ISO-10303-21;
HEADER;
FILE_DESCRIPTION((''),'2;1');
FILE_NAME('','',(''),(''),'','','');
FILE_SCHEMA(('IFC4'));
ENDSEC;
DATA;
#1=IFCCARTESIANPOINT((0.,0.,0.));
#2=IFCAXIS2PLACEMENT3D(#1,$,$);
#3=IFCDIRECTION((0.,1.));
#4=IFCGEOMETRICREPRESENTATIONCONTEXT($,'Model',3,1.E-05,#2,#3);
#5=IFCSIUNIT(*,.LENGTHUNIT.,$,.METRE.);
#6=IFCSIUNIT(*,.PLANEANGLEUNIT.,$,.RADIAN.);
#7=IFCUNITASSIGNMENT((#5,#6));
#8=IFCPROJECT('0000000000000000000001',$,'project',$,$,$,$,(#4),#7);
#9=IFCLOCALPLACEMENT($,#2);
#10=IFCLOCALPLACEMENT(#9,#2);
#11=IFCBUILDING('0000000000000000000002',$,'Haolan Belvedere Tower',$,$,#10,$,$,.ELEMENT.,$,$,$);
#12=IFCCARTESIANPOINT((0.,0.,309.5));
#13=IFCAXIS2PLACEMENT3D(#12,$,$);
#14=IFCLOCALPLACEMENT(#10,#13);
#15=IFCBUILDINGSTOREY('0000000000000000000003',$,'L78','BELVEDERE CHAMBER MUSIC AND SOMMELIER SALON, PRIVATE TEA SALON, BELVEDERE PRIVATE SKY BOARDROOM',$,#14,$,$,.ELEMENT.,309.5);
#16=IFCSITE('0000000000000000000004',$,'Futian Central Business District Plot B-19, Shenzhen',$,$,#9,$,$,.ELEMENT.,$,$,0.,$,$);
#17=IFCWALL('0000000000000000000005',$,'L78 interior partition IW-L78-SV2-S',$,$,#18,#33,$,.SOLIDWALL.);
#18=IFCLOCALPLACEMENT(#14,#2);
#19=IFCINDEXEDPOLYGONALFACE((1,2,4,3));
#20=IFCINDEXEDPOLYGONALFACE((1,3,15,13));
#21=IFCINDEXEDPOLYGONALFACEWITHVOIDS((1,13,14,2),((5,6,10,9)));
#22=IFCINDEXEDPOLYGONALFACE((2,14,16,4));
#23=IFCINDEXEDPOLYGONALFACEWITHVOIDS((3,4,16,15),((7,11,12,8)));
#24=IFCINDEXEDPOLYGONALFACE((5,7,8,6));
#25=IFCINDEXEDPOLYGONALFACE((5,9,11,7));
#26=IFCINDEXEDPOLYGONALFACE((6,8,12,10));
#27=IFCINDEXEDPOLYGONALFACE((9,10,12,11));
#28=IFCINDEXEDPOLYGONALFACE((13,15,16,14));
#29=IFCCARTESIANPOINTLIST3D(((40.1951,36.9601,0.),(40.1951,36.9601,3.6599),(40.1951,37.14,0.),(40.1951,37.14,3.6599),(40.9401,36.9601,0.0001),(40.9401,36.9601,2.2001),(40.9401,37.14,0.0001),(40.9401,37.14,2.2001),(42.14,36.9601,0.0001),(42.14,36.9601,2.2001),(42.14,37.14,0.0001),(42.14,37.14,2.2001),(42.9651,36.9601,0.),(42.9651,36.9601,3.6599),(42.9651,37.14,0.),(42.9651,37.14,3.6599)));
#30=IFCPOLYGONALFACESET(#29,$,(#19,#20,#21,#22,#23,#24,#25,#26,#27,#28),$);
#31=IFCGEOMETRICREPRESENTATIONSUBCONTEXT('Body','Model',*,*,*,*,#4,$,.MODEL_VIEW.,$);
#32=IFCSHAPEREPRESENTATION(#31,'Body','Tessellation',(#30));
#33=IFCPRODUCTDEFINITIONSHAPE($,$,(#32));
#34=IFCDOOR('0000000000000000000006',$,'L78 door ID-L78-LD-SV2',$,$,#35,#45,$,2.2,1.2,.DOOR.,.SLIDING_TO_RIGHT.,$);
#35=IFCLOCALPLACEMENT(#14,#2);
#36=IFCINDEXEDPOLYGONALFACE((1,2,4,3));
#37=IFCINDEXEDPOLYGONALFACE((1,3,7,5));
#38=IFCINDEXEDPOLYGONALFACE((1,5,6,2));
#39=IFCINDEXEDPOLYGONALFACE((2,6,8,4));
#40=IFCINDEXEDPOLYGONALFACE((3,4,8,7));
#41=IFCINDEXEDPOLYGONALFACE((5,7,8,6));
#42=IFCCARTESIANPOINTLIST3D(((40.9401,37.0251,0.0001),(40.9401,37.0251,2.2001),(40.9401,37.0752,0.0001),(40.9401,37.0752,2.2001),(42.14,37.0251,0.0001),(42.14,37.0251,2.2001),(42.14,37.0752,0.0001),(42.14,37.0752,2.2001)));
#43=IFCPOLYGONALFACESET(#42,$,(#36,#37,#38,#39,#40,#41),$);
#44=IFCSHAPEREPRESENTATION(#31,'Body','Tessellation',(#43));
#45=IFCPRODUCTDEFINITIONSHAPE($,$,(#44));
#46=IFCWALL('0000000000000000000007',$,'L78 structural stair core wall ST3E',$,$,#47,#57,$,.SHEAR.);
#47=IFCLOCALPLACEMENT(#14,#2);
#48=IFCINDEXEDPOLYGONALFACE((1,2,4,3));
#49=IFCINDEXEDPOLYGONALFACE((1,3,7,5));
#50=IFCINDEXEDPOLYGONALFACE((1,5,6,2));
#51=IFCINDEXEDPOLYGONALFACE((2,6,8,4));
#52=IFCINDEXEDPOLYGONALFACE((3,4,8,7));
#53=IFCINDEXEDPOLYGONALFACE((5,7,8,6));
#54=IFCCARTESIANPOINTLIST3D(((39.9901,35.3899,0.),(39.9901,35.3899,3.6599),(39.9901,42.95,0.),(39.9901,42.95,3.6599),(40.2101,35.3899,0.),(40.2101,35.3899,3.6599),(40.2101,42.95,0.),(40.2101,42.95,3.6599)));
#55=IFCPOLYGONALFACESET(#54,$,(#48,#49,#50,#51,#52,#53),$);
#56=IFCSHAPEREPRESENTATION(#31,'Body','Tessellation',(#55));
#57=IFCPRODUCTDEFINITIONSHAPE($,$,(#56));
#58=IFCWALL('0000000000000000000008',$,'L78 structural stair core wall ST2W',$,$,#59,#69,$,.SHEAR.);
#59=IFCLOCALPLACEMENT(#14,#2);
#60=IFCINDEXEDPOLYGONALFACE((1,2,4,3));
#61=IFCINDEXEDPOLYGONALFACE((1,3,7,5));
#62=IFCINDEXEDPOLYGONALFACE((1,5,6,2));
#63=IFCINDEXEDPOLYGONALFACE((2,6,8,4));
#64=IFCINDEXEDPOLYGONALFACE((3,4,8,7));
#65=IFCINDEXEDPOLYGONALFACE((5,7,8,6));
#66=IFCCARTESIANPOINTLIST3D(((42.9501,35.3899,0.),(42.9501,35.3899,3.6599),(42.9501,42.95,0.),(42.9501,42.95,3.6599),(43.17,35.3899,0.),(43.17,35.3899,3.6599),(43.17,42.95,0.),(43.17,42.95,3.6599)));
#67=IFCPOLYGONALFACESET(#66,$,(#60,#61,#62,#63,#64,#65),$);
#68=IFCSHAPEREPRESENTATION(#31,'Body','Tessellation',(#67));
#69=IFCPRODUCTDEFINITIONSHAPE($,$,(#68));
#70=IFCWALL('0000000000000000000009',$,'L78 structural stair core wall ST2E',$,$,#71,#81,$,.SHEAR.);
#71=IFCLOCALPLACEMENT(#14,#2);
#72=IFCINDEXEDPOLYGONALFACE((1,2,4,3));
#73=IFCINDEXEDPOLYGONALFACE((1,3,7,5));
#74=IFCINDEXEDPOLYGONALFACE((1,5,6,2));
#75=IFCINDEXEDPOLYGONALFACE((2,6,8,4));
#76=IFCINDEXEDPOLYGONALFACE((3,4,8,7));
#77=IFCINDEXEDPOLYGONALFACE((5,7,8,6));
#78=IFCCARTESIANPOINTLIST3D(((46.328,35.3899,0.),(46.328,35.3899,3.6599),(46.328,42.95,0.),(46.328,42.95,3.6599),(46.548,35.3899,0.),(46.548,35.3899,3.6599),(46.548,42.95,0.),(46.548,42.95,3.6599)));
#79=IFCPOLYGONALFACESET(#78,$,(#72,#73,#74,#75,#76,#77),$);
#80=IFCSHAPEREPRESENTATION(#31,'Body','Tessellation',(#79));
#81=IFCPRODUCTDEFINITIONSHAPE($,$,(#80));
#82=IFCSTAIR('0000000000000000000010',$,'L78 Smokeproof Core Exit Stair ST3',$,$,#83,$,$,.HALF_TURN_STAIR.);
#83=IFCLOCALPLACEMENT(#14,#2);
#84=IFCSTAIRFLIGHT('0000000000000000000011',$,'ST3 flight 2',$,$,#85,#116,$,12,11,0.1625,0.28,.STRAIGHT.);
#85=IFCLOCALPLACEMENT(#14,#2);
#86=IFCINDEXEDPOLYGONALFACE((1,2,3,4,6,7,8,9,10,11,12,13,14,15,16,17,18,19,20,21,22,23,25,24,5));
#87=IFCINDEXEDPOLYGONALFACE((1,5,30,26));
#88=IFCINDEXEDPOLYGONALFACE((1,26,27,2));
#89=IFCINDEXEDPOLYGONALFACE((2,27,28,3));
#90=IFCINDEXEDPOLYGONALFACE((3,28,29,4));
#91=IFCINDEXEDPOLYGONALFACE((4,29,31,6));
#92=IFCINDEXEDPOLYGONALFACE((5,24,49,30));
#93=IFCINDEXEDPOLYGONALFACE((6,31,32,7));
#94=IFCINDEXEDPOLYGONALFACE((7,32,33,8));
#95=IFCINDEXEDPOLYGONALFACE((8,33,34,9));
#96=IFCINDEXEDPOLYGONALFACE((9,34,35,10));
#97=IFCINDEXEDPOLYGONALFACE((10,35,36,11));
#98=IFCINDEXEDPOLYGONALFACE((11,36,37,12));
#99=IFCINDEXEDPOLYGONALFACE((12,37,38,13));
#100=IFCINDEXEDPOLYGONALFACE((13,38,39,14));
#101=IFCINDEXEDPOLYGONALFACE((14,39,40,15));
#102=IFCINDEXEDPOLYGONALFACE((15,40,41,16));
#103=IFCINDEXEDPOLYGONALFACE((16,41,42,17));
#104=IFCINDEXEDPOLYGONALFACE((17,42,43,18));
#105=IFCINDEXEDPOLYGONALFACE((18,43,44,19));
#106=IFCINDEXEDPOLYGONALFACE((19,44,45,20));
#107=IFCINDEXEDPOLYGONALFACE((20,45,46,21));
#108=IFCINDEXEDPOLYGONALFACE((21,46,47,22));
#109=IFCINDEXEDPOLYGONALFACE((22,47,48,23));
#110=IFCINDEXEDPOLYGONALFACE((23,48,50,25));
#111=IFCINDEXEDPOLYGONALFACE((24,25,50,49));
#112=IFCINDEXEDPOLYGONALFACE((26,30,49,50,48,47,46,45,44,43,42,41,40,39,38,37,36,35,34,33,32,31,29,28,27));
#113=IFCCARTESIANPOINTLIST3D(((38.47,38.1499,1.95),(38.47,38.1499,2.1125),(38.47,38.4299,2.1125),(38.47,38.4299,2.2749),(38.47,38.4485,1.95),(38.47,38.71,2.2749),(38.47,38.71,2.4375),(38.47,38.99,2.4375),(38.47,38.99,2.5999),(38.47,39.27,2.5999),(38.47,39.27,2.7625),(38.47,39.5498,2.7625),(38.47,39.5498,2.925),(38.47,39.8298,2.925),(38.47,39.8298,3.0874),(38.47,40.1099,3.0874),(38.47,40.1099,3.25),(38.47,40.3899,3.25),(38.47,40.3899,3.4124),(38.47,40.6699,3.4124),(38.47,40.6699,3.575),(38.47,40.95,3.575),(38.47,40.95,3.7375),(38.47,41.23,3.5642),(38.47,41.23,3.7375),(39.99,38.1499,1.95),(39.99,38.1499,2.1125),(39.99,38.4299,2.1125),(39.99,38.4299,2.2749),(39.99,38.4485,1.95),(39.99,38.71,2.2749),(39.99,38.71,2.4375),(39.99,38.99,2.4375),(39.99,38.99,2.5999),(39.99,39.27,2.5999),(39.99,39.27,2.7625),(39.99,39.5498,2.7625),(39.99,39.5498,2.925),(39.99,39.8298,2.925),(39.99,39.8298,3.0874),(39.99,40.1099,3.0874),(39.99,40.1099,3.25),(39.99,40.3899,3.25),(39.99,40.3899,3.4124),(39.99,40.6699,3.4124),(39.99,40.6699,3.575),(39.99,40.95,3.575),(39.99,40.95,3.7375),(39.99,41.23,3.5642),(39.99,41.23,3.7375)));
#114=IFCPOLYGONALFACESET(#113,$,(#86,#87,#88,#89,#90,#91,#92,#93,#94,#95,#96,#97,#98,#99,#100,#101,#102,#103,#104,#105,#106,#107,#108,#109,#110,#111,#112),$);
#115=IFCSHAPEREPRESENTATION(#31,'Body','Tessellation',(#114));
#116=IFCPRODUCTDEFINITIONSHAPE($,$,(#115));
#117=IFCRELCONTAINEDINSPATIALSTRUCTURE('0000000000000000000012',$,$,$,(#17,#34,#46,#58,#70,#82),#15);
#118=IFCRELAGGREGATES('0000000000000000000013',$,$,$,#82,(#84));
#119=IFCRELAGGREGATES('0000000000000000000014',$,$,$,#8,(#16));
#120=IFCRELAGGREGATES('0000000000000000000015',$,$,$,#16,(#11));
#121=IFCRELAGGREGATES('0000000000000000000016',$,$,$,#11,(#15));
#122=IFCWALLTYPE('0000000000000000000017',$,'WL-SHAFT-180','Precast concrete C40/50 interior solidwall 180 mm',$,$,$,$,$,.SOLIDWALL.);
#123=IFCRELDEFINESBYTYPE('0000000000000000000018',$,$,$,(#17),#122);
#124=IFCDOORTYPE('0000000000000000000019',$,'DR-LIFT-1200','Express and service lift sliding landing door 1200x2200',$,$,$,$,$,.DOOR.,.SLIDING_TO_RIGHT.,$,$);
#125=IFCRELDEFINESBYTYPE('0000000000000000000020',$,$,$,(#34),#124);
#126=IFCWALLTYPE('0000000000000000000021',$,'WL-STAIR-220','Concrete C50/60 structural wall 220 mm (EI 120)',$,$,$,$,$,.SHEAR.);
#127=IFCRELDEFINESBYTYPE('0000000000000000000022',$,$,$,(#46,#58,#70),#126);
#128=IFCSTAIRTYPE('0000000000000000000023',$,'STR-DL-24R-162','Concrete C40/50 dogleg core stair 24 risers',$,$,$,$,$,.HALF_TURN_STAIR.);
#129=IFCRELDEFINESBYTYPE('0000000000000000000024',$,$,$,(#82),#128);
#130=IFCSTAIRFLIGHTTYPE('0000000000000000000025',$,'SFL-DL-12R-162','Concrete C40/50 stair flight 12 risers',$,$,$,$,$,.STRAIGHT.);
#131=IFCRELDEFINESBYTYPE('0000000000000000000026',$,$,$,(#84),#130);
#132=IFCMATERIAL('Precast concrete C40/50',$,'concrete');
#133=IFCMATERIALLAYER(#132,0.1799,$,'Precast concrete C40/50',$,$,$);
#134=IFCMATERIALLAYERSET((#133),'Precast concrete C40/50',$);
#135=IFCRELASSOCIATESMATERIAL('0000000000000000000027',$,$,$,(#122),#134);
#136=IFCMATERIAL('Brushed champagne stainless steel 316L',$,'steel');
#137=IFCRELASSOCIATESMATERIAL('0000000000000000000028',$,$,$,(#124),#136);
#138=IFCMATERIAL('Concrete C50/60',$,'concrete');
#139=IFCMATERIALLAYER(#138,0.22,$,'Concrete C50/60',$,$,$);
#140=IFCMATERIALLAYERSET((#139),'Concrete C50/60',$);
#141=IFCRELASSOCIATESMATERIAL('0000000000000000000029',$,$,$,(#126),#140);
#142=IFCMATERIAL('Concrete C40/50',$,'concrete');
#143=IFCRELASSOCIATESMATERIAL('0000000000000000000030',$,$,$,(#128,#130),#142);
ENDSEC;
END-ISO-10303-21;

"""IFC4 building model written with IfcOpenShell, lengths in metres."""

from ifc_helpers import new_model, si_unit, direction, frame, frame_2d, origin, place, context, subcontext, project, spatial, polyline, rectangle, outline, extrude, material, layer, layer_set, type_object, element, fill, aggregate, save


model = new_model("IFC4")

# Units and contexts
model_context = context("Model", 3, precision=1e-05, world=origin(), true_north=direction((0.0, 1.0)))
body_context = subcontext(model_context, "Body", "Model", "MODEL_VIEW")
ifc_project = project(units=[si_unit("LENGTHUNIT", "METRE"), si_unit("PLANEANGLEUNIT", "RADIAN")], contexts=[model_context])

# Site, building, storey
site_placement = place(None, origin())
site = spatial("IfcSite", under=ifc_project, at=site_placement, Name="Futian Central Business District Plot B-19, Shenzhen", CompositionType="ELEMENT", RefElevation=0.0)
building_placement = place(site_placement, origin())
building = spatial("IfcBuilding", under=site, at=building_placement, Name="Haolan Belvedere Tower", CompositionType="ELEMENT")
storey_placement = place(building_placement, frame((0.0, 0.0, 309.5)))
storey = spatial("IfcBuildingStorey", under=building, at=storey_placement, Name="L78", Description="BELVEDERE CHAMBER MUSIC AND SOMMELIER SALON, PRIVATE TEA SALON, BELVEDERE PRIVATE SKY BOARDROOM", CompositionType="ELEMENT", Elevation=309.5)

# Shared definitions
ifc_material_1 = material(Name="Concrete C50/60", Category="concrete")

# Shared definitions
ifc_material_2 = material(Name="Precast concrete C40/50", Category="concrete")

# Shared definitions
ifc_material_3 = material(Name="Brushed champagne stainless steel 316L", Category="steel")

# Wall, opening, door
ifc_layer_1 = layer(ifc_material_2, 0.1799, Name="Precast concrete C40/50")
ifc_layer_set_1 = layer_set([ifc_layer_1], Name="Precast concrete C40/50")
wall_type_1 = type_object("IfcWallType", Name="WL-SHAFT-180", Description="Precast concrete C40/50 interior solidwall 180 mm", PredefinedType="SOLIDWALL", material=ifc_layer_set_1)
wall_1_placement = place(storey_placement, frame((40.1951, 37.05, 0.0), z_axis=(0.0, 0.0, 1.0), x_axis=(1.0, 0.0, 0.0)))
wall_1 = element("IfcWall", 1, at=wall_1_placement, inside=storey, type_object=wall_type_1, Name="L78 interior partition IW-L78-SV2-S", PredefinedType="SOLIDWALL", context=body_context, shape_type="SweptSolid", body=[
    extrude(rectangle(XDim=2.77, YDim=0.1799, at=frame_2d((1.385, 0.0))), origin(), (0.0, 0.0, 1.0), 3.6599),
])
opening_1_placement = place(wall_1_placement, frame((1.9451, 0.0, 0.0), z_axis=(0.0, 0.0, 1.0), x_axis=(-1.0, 0.0, 0.0)))
opening_1 = element("IfcOpeningElement", 2, at=opening_1_placement, cuts=wall_1, PredefinedType="OPENING", context=body_context, shape_type="SweptSolid", body=[
    extrude(rectangle(XDim=1.2, YDim=2.2, at=frame_2d((0.6001, 1.1001))), frame((0.0, 0.0999, 0.0), z_axis=(0.0, -1.0, 0.0), x_axis=(1.0, 0.0, 0.0)), (0.0, 0.0, 1.0), 0.2),
])
door_type_1 = type_object("IfcDoorType", Name="DR-LIFT-1200", Description="Express and service lift sliding landing door 1200x2200", OperationType="SLIDING_TO_RIGHT", PredefinedType="DOOR", material=ifc_material_3)
door_1_placement = place(opening_1_placement, origin())
door_1 = element("IfcDoor", 3, at=door_1_placement, inside=storey, type_object=door_type_1, Name="L78 door ID-L78-LD-SV2", OperationType="SLIDING_TO_RIGHT", OverallHeight=2.2, OverallWidth=1.2, PredefinedType="DOOR", context=body_context, shape_type="SweptSolid", body=[
    extrude(rectangle(XDim=1.2, YDim=2.2, at=frame_2d((0.6001, 1.1001))), frame((0.0, 0.0249, 0.0), z_axis=(0.0, -1.0, 0.0), x_axis=(1.0, 0.0, 0.0)), (0.0, 0.0, 1.0), 0.05),
])
fill(opening_1, door_1)

# Walls
ifc_layer_2 = layer(ifc_material_1, 0.22, Name="Concrete C50/60")
ifc_layer_set_2 = layer_set([ifc_layer_2], Name="Concrete C50/60")
wall_type_2 = type_object("IfcWallType", Name="WL-STAIR-220", Description="Concrete C50/60 structural wall 220 mm (EI 120)", PredefinedType="SHEAR", material=ifc_layer_set_2)
for number, where, z_axis, x_axis, name in (
    (4, (40.1001, 35.3899, 0.0), (0.0, 0.0, 1.0), (0.0, 1.0, 0.0), "L78 structural stair core wall ST3E"),
    (5, (43.0601, 35.3899, 0.0), (0.0, 0.0, 1.0), (0.0, 1.0, 0.0), "L78 structural stair core wall ST2W"),
    (6, (46.438, 35.3899, 0.0), (0.0, 0.0, 1.0), (0.0, 1.0, 0.0), "L78 structural stair core wall ST2E"),
):
    element("IfcWall", number, at=place(storey_placement, frame(where, z_axis=z_axis, x_axis=x_axis)), inside=storey, type_object=wall_type_2, Name=name, PredefinedType="SHEAR", context=body_context, shape_type="SweptSolid", body=[
        extrude(rectangle(XDim=7.5601, YDim=0.22, at=frame_2d((3.78, 0.0))), origin(), (0.0, 0.0, 1.0), 3.6599),
    ])

# Stair, stair flight
ifc_material_4 = material(Name="Concrete C40/50", Category="concrete")
stair_type = type_object("IfcStairType", Name="STR-DL-24R-162", Description="Concrete C40/50 dogleg core stair 24 risers", PredefinedType="HALF_TURN_STAIR", material=ifc_material_4)
stair_placement = place(storey_placement, origin())
stair = element("IfcStair", 7, at=stair_placement, inside=storey, type_object=stair_type, Name="L78 Smokeproof Core Exit Stair ST3", PredefinedType="HALF_TURN_STAIR")
stair_flight_type = type_object("IfcStairFlightType", Name="SFL-DL-12R-162", Description="Concrete C40/50 stair flight 12 risers", PredefinedType="STRAIGHT", material=ifc_material_4)
stair_flight_placement = place(storey_placement, frame((39.23, 38.1499, 1.95), z_axis=(0.0, 0.0, 1.0), x_axis=(0.0, 1.0, 0.0)))
stair_flight = element("IfcStairFlight", 8, at=stair_flight_placement, type_object=stair_flight_type, Name="ST3 flight 2", NumberOfRisers=12, NumberOfTreads=11, PredefinedType="STRAIGHT", RiserHeight=0.1625, TreadLength=0.28, context=body_context, shape_type="SweptSolid", body=[
    extrude(outline(polyline([(0.0, 0.0), (0.0, 0.1626), (0.28, 0.1626), (0.28, 0.325), (0.5601, 0.325), (0.5601, 0.4875), (0.8401, 0.4875), (0.8401, 0.6499), (1.1201, 0.6499), (1.1201, 0.8125), (1.3999, 0.8125), (1.3999, 0.9751), (1.6799, 0.9751), (1.6799, 1.1375), (1.96, 1.1375), (1.96, 1.3), (2.24, 1.3), (2.24, 1.4624), (2.52, 1.4624), (2.52, 1.625), (2.8, 1.625), (2.8, 1.7876), (3.0801, 1.7876), (3.0801, 1.95), (3.0801, 1.6143), (0.2986, 0.0), (0.0, 0.0)])), frame((0.0, 0.76, 0.0), z_axis=(0.0, -1.0, 0.0), x_axis=(1.0, 0.0, 0.0)), (0.0, 0.0, 1.0), 1.52),
])
aggregate(stair, [stair_flight])

save(model, "model.ifc")
